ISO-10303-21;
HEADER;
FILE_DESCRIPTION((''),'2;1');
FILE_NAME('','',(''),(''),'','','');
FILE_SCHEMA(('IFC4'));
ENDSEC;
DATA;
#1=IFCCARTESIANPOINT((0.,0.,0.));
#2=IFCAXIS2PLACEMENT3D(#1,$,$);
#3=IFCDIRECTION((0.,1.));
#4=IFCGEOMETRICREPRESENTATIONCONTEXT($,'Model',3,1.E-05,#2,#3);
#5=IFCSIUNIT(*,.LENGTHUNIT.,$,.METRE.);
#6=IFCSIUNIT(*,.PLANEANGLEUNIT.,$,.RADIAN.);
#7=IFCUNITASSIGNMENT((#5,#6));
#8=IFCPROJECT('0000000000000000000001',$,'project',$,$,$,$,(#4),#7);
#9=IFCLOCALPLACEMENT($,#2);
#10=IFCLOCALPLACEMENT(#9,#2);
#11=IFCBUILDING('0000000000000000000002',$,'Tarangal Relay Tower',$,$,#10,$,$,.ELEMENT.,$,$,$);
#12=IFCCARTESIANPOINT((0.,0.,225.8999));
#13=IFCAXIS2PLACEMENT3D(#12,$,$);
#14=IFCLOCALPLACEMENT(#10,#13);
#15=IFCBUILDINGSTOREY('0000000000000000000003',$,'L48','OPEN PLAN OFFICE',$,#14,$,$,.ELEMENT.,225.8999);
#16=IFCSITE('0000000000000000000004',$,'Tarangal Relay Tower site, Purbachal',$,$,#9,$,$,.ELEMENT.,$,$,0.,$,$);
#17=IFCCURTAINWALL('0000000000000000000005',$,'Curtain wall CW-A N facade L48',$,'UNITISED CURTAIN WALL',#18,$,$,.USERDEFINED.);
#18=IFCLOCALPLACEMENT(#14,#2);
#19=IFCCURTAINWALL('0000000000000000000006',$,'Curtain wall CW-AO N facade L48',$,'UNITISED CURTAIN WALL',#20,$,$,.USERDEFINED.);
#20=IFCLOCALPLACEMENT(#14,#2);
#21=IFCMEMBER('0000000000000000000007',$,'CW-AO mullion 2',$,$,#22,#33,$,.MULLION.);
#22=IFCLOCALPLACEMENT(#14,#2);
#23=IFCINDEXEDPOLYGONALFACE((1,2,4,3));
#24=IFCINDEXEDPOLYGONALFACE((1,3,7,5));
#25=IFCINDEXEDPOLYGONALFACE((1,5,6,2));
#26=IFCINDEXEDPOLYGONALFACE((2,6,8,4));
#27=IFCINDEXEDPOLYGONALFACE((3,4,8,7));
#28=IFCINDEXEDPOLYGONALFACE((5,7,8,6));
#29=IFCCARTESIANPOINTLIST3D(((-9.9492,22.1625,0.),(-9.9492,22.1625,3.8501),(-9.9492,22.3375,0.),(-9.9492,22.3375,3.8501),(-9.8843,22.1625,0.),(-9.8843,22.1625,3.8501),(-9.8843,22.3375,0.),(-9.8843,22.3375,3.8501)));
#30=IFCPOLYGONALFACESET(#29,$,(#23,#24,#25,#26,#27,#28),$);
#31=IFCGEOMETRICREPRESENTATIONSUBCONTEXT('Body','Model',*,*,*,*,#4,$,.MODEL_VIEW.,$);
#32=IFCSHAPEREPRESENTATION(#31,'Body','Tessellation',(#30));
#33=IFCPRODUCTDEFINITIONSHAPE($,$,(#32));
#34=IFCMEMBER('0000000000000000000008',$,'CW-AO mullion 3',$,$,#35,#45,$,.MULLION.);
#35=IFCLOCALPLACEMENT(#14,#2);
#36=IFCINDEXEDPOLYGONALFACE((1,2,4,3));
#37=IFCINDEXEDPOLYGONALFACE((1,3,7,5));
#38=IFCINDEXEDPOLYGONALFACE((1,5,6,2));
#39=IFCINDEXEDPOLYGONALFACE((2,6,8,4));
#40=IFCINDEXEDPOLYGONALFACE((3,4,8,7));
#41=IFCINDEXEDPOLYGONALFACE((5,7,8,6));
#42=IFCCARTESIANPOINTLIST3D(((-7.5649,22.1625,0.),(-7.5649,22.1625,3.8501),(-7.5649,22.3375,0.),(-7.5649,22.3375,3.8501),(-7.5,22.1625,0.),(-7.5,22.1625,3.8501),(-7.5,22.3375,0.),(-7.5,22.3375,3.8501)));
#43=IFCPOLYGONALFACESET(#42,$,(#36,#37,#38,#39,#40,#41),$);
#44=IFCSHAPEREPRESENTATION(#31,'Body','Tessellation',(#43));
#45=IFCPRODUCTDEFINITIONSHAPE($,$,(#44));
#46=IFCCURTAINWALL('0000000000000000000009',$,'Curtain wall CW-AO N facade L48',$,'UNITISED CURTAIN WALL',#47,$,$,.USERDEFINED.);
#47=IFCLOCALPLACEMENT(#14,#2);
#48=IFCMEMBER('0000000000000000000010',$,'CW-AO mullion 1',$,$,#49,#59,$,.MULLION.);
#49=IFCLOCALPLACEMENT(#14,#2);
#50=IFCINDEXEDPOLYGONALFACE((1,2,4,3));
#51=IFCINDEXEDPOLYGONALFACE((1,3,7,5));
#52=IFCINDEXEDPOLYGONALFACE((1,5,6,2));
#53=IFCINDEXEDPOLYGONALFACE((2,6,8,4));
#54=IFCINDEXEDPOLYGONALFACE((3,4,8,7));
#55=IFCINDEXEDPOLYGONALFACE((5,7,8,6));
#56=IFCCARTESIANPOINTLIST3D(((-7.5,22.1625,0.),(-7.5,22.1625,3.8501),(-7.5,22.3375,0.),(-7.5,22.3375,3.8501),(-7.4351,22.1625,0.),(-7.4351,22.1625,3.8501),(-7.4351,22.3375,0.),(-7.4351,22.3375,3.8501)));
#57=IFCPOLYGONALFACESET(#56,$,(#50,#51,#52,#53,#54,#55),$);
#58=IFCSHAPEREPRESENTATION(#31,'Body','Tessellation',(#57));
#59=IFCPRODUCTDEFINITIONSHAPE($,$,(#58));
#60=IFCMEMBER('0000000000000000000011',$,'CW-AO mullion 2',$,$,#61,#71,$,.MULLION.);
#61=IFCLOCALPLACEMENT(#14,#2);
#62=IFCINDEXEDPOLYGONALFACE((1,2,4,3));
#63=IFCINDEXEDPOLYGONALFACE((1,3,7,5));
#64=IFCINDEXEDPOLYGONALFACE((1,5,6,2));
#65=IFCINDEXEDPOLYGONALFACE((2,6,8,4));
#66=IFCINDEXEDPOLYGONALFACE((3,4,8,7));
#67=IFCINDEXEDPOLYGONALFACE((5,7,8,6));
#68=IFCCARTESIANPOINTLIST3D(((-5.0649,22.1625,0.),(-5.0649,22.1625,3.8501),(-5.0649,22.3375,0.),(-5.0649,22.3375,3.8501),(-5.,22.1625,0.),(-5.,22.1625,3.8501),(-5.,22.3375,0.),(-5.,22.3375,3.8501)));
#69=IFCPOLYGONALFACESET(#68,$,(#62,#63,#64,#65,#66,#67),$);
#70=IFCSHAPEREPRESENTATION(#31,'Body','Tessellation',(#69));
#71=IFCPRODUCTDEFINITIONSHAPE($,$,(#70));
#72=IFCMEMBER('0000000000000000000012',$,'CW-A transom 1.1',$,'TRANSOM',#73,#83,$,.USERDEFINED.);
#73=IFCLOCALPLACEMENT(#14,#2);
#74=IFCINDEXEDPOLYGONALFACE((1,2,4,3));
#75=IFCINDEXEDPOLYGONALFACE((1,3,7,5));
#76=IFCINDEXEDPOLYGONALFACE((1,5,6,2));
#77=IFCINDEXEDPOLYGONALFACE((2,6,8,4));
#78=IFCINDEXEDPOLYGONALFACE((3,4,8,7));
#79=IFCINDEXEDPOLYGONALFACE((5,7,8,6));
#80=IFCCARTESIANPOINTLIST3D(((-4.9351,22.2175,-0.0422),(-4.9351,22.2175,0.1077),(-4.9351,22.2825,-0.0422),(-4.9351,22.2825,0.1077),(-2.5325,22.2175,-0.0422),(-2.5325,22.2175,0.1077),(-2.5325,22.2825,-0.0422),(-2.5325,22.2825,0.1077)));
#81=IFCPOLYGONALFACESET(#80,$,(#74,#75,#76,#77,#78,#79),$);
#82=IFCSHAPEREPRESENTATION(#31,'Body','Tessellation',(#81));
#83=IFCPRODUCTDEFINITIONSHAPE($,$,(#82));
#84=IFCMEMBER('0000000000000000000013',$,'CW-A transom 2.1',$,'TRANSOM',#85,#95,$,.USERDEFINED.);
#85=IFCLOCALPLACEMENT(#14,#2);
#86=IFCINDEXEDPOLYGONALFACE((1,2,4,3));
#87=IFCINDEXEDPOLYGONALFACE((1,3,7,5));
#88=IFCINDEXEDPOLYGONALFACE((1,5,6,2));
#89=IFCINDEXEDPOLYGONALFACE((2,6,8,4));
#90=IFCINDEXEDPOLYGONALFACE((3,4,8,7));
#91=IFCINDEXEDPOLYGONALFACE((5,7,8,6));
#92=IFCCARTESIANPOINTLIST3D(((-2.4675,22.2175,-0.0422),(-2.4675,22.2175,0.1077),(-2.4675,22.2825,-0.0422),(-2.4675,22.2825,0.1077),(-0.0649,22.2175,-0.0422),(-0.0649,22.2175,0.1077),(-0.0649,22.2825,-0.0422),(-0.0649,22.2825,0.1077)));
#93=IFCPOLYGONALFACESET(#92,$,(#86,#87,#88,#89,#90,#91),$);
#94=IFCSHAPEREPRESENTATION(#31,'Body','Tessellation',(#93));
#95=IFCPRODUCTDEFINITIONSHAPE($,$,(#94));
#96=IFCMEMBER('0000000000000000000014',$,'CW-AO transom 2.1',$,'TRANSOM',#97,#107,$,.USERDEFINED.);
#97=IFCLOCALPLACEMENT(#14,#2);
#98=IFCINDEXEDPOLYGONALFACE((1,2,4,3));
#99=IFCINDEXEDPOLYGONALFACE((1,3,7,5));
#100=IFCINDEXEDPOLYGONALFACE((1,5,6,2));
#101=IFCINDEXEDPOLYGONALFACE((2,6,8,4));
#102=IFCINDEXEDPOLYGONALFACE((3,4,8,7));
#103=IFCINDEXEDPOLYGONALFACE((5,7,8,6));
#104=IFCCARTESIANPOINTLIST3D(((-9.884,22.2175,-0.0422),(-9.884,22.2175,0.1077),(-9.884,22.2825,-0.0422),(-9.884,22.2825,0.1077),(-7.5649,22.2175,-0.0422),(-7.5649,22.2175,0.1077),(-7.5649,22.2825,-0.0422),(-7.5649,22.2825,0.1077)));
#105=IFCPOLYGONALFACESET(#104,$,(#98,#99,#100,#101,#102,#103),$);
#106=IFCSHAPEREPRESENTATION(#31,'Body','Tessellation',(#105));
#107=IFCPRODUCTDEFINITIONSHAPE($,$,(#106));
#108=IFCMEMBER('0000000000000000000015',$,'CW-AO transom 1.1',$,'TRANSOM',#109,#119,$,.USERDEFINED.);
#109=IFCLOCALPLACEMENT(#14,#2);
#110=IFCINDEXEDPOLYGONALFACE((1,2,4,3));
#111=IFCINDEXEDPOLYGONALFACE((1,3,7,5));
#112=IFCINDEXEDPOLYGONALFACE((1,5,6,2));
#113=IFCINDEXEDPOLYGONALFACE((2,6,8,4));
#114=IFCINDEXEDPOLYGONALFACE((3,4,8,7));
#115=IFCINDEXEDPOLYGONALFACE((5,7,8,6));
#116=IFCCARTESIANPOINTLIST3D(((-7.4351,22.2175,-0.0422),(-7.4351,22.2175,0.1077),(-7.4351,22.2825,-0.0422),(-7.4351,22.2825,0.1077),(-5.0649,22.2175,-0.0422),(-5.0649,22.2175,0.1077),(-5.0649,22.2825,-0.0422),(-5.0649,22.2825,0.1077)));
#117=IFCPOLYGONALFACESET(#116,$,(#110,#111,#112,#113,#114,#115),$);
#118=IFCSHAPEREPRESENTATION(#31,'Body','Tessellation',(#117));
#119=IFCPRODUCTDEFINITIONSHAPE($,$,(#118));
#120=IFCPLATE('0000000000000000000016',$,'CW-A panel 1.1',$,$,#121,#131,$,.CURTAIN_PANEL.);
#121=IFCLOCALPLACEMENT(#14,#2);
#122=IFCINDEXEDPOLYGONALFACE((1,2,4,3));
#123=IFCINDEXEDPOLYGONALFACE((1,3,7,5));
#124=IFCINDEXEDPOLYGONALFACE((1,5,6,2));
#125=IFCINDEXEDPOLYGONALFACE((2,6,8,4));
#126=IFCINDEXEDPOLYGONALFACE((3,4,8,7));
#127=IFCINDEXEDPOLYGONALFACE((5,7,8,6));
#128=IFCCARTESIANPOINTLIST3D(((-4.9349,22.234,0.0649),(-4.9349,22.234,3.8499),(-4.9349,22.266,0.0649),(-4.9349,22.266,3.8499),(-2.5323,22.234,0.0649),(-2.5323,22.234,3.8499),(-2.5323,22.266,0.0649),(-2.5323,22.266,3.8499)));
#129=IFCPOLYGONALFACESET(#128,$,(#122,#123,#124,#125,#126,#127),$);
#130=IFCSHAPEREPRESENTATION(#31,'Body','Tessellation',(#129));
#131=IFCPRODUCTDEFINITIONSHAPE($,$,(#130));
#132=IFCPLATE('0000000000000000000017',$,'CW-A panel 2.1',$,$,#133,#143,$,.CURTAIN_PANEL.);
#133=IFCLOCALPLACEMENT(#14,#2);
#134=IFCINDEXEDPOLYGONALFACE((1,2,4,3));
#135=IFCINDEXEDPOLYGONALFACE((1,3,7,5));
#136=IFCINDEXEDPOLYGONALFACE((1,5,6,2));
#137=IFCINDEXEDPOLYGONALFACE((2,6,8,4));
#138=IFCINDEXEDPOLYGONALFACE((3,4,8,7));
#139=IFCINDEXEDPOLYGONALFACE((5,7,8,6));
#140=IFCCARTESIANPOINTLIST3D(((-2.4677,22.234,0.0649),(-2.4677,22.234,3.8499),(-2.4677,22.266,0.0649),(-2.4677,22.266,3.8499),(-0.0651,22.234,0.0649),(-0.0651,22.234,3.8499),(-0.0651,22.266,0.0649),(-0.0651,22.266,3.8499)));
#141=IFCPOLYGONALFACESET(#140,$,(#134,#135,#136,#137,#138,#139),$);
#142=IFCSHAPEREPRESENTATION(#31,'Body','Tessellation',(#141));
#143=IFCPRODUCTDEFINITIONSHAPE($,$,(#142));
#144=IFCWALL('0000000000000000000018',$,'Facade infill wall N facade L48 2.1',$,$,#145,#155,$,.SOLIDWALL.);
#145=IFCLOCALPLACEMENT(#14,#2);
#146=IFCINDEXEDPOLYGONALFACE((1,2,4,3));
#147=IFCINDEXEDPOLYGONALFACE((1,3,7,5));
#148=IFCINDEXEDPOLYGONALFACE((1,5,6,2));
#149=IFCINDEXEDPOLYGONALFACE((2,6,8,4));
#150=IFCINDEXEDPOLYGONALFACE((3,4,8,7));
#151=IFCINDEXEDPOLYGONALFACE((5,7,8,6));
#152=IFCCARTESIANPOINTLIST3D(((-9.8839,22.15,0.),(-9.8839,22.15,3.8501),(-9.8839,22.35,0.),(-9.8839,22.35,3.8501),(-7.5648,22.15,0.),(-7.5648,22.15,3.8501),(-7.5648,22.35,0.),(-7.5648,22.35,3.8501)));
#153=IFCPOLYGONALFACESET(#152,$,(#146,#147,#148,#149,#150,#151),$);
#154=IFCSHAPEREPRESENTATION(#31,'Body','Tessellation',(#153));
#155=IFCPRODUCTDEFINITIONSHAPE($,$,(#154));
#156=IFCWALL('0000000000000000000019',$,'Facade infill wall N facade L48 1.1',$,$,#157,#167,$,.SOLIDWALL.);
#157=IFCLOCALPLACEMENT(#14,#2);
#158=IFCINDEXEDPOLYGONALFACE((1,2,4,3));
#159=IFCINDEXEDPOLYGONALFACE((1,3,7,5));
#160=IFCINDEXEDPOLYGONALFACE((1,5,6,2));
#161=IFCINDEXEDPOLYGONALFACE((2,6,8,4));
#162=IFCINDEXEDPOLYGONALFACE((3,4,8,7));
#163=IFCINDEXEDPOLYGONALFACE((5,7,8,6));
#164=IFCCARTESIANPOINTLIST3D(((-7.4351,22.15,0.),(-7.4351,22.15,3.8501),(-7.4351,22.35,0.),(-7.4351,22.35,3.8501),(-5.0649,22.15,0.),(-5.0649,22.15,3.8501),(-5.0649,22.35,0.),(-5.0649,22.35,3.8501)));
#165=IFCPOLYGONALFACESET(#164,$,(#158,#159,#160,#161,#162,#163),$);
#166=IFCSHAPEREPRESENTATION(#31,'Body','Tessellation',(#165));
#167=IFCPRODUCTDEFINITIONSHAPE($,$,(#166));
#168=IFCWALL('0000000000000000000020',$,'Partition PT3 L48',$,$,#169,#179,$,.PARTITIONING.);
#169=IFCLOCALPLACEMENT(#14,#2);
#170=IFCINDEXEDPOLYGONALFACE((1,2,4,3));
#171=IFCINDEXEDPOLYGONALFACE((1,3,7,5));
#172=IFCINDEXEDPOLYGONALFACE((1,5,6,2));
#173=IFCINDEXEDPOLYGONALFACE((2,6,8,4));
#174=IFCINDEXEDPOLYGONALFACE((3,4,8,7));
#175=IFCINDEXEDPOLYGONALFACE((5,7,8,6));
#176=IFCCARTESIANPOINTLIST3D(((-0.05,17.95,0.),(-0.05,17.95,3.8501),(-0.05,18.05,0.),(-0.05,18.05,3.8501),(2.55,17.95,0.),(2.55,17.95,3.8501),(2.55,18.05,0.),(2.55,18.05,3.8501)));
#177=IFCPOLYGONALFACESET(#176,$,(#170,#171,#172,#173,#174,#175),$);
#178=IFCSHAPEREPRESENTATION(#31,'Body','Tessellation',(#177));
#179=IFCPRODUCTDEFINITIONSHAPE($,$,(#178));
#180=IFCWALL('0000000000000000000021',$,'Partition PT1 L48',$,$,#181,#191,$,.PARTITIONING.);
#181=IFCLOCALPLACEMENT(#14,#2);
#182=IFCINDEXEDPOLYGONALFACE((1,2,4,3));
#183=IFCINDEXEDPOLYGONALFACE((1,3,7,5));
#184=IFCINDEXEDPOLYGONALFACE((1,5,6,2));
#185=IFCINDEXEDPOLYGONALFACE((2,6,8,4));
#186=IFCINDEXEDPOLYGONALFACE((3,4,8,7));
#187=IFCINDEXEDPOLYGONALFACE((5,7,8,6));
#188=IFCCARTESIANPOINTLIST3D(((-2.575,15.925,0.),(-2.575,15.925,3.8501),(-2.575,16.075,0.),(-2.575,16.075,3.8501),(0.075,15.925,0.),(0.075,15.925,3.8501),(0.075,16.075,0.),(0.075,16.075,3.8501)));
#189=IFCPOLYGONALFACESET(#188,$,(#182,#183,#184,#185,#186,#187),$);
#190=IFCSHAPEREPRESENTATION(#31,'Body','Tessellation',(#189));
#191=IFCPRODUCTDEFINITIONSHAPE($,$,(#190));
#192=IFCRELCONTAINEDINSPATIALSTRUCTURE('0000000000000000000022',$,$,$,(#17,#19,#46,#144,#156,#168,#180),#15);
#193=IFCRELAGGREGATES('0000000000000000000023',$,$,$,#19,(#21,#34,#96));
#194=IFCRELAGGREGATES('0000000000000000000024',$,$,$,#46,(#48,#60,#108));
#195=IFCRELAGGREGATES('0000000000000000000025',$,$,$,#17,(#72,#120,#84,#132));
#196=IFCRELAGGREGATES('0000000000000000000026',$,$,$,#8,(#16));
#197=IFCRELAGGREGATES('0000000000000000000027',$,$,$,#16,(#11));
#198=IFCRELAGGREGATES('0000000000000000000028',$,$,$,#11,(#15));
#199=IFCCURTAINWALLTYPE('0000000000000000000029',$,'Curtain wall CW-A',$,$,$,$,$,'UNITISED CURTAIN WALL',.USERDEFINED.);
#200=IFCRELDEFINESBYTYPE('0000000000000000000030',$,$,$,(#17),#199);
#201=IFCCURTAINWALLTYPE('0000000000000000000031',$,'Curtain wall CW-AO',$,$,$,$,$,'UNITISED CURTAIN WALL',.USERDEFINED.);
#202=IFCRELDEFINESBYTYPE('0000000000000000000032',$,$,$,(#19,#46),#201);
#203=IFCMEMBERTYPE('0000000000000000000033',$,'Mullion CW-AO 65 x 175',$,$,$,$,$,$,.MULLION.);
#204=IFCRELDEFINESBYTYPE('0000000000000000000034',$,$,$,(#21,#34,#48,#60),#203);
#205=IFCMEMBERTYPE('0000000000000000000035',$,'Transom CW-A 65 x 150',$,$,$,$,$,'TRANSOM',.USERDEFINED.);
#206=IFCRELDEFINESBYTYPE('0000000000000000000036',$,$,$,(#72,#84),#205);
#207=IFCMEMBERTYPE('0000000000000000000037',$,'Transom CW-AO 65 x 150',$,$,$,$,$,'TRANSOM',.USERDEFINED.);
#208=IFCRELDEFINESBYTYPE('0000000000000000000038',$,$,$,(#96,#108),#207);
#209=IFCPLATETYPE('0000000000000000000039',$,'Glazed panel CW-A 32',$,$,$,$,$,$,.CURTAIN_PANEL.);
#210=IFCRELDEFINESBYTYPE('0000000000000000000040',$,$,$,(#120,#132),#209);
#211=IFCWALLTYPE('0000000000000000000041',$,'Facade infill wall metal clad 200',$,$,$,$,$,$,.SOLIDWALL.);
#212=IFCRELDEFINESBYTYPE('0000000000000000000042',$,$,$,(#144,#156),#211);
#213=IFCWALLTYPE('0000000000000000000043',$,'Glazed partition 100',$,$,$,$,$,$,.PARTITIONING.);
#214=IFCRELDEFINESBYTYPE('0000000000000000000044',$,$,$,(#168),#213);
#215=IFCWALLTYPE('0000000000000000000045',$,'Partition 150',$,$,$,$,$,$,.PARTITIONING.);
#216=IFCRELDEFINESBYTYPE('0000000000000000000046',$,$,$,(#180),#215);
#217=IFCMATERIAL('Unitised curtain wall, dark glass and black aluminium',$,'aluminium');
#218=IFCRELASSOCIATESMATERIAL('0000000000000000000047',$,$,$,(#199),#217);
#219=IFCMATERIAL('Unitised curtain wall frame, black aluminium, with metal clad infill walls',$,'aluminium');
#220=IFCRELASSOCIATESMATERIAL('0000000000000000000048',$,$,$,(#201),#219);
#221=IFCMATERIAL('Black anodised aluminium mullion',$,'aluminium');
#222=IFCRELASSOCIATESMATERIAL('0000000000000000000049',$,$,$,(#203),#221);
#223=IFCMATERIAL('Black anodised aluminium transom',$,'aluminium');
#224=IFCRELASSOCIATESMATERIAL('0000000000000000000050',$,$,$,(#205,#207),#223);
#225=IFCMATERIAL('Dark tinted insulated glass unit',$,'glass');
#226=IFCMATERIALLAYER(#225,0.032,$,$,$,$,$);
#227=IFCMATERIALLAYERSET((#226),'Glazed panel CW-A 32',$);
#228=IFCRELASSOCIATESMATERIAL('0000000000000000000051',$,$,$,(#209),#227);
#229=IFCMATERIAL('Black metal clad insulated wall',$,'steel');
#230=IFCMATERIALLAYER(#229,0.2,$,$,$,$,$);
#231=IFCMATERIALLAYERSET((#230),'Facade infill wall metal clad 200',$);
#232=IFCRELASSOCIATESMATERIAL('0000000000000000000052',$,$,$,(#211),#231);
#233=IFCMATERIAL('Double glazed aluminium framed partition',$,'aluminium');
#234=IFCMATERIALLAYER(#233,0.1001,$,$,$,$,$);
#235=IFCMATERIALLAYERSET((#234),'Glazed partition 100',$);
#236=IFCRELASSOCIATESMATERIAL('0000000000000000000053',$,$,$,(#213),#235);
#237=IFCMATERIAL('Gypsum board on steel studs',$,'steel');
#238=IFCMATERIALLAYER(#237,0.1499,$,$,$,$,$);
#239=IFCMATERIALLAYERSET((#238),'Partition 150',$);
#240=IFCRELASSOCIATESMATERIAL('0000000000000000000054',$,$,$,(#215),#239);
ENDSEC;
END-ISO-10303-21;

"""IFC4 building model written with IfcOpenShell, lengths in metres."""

from ifc_helpers import new_model, si_unit, direction, frame, frame_2d, origin, origin_2d, place, context, subcontext, project, spatial, rectangle, extrude, material, layer, layer_set, material_profile, profile_set, type_object, element, aggregate, save


model = new_model("IFC4")

# Units and contexts
model_context = context("Model", 3, precision=1e-05, world=origin(), true_north=direction((0.0, 1.0)))
body_context = subcontext(model_context, "Body", "Model", "MODEL_VIEW")
ifc_project = project(units=[si_unit("LENGTHUNIT", "METRE"), si_unit("PLANEANGLEUNIT", "RADIAN")], contexts=[model_context])

# Site, building, storey
site_placement = place(None, origin())
site = spatial("IfcSite", under=ifc_project, at=site_placement, Name="Tarangal Relay Tower site, Purbachal", CompositionType="ELEMENT", RefElevation=0.0)
building_placement = place(site_placement, origin())
building = spatial("IfcBuilding", under=site, at=building_placement, Name="Tarangal Relay Tower", CompositionType="ELEMENT")
storey_placement = place(building_placement, frame((0.0, 0.0, 225.8999)))
storey = spatial("IfcBuildingStorey", under=building, at=storey_placement, Name="L48", Description="OPEN PLAN OFFICE", CompositionType="ELEMENT", Elevation=225.8999)

# Curtain walls, members
ifc_material_1 = material(Name="Unitised curtain wall, dark glass and black aluminium", Category="aluminium")
curtain_wall_type_1 = type_object("IfcCurtainWallType", Name="Curtain wall CW-A", ElementType="UNITISED CURTAIN WALL", PredefinedType="USERDEFINED", material=ifc_material_1)
curtain_wall_1_placement = place(storey_placement, origin())
curtain_wall_1 = element("IfcCurtainWall", 1, at=curtain_wall_1_placement, inside=storey, type_object=curtain_wall_type_1, Name="Curtain wall CW-A N facade L48", ObjectType="UNITISED CURTAIN WALL", PredefinedType="USERDEFINED")
ifc_material_2 = material(Name="Black anodised aluminium mullion", Category="aluminium")
ifc_material_3 = material(Name="Unitised curtain wall frame, black aluminium, with metal clad infill walls", Category="aluminium")
curtain_wall_type_2 = type_object("IfcCurtainWallType", Name="Curtain wall CW-AO", ElementType="UNITISED CURTAIN WALL", PredefinedType="USERDEFINED", material=ifc_material_3)
curtain_wall_2_placement = place(storey_placement, origin())
curtain_wall_2 = element("IfcCurtainWall", 2, at=curtain_wall_2_placement, inside=storey, type_object=curtain_wall_type_2, Name="Curtain wall CW-AO N facade L48", ObjectType="UNITISED CURTAIN WALL", PredefinedType="USERDEFINED")
ifc_material_profile_1 = material_profile(ifc_material_2, rectangle(XDim=0.175, YDim=0.0649, at=origin_2d()), Name="CW-AOM 65X175")
ifc_profile_set_1 = profile_set([ifc_material_profile_1], Name="Black anodised aluminium mullion")
member_type_1 = type_object("IfcMemberType", Name="Mullion CW-AO 65 x 175", PredefinedType="MULLION", material=ifc_profile_set_1)
member_1_placement = place(storey_placement, frame((-9.9167, 22.25, 0.0), z_axis=(0.0, 0.0, 1.0), x_axis=(0.0, 1.0, 0.0)))
member_1 = element("IfcMember", 3, at=member_1_placement, type_object=member_type_1, Name="CW-AO mullion 2", PredefinedType="MULLION", context=body_context, shape_type="SweptSolid", body=[
    extrude(rectangle(XDim=0.175, YDim=0.0649, at=origin_2d()), origin(), (0.0, 0.0, 1.0), 3.8501),
])
member_2_placement = place(storey_placement, frame((-7.5325, 22.25, 0.0), z_axis=(0.0, 0.0, 1.0), x_axis=(0.0, 1.0, 0.0)))
member_2 = element("IfcMember", 4, at=member_2_placement, type_object=member_type_1, Name="CW-AO mullion 3", PredefinedType="MULLION", context=body_context, shape_type="SweptSolid", body=[
    extrude(rectangle(XDim=0.175, YDim=0.0649, at=origin_2d()), origin(), (0.0, 0.0, 1.0), 3.8501),
])
curtain_wall_3_placement = place(storey_placement, origin())
curtain_wall_3 = element("IfcCurtainWall", 5, at=curtain_wall_3_placement, inside=storey, type_object=curtain_wall_type_2, Name="Curtain wall CW-AO N facade L48", ObjectType="UNITISED CURTAIN WALL", PredefinedType="USERDEFINED")
member_3_placement = place(storey_placement, frame((-7.4675, 22.25, 0.0), z_axis=(0.0, 0.0, 1.0), x_axis=(0.0, 1.0, 0.0)))
member_3 = element("IfcMember", 6, at=member_3_placement, type_object=member_type_1, Name="CW-AO mullion 1", PredefinedType="MULLION", context=body_context, shape_type="SweptSolid", body=[
    extrude(rectangle(XDim=0.175, YDim=0.0649, at=origin_2d()), origin(), (0.0, 0.0, 1.0), 3.8501),
])
member_4_placement = place(storey_placement, frame((-5.0325, 22.25, 0.0), z_axis=(0.0, 0.0, 1.0), x_axis=(0.0, 1.0, 0.0)))
member_4 = element("IfcMember", 7, at=member_4_placement, type_object=member_type_1, Name="CW-AO mullion 2", PredefinedType="MULLION", context=body_context, shape_type="SweptSolid", body=[
    extrude(rectangle(XDim=0.175, YDim=0.0649, at=origin_2d()), origin(), (0.0, 0.0, 1.0), 3.8501),
])

# Members
ifc_material_4 = material(Name="Black anodised aluminium transom", Category="aluminium")
ifc_material_profile_2 = material_profile(ifc_material_4, rectangle(XDim=0.0649, YDim=0.1499, at=origin_2d()), Name="CW-AT 65X150")
ifc_profile_set_2 = profile_set([ifc_material_profile_2], Name="Black anodised aluminium transom")
member_type_2 = type_object("IfcMemberType", Name="Transom CW-A 65 x 150", ElementType="TRANSOM", PredefinedType="USERDEFINED", material=ifc_profile_set_2)
member_5_placement = place(storey_placement, frame((-4.9351, 22.25, 0.0327), z_axis=(1.0, 0.0, 0.0), x_axis=(0.0, 1.0, 0.0)))
member_5 = element("IfcMember", 8, at=member_5_placement, type_object=member_type_2, Name="CW-A transom 1.1", ObjectType="TRANSOM", PredefinedType="USERDEFINED", context=body_context, shape_type="SweptSolid", body=[
    extrude(rectangle(XDim=0.0649, YDim=0.1499, at=origin_2d()), origin(), (0.0, 0.0, 1.0), 2.4026),
])
member_6_placement = place(storey_placement, frame((-2.4675, 22.25, 0.0327), z_axis=(1.0, 0.0, 0.0), x_axis=(0.0, 1.0, 0.0)))
member_6 = element("IfcMember", 9, at=member_6_placement, type_object=member_type_2, Name="CW-A transom 2.1", ObjectType="TRANSOM", PredefinedType="USERDEFINED", context=body_context, shape_type="SweptSolid", body=[
    extrude(rectangle(XDim=0.0649, YDim=0.1499, at=origin_2d()), origin(), (0.0, 0.0, 1.0), 2.4026),
])
ifc_material_profile_3 = material_profile(ifc_material_4, rectangle(XDim=0.0649, YDim=0.1499, at=origin_2d()), Name="CW-AOT 65X150")
ifc_profile_set_3 = profile_set([ifc_material_profile_3], Name="Black anodised aluminium transom")
member_type_3 = type_object("IfcMemberType", Name="Transom CW-AO 65 x 150", ElementType="TRANSOM", PredefinedType="USERDEFINED", material=ifc_profile_set_3)
member_7_placement = place(storey_placement, frame((-9.884, 22.25, 0.0327), z_axis=(1.0, 0.0, 0.0), x_axis=(0.0, 1.0, 0.0)))
member_7 = element("IfcMember", 10, at=member_7_placement, type_object=member_type_3, Name="CW-AO transom 2.1", ObjectType="TRANSOM", PredefinedType="USERDEFINED", context=body_context, shape_type="SweptSolid", body=[
    extrude(rectangle(XDim=0.0649, YDim=0.1499, at=origin_2d()), origin(), (0.0, 0.0, 1.0), 2.3191),
])
aggregate(curtain_wall_2, [member_1, member_2, member_7])
member_8_placement = place(storey_placement, frame((-7.4351, 22.25, 0.0327), z_axis=(1.0, 0.0, 0.0), x_axis=(0.0, 1.0, 0.0)))
member_8 = element("IfcMember", 11, at=member_8_placement, type_object=member_type_3, Name="CW-AO transom 1.1", ObjectType="TRANSOM", PredefinedType="USERDEFINED", context=body_context, shape_type="SweptSolid", body=[
    extrude(rectangle(XDim=0.0649, YDim=0.1499, at=origin_2d()), origin(), (0.0, 0.0, 1.0), 2.3701),
])
aggregate(curtain_wall_3, [member_3, member_4, member_8])

# Plates
ifc_material_5 = material(Name="Dark tinted insulated glass unit", Category="glass")
ifc_layer_1 = layer(ifc_material_5, 0.032)
ifc_layer_set_1 = layer_set([ifc_layer_1], Name="Glazed panel CW-A 32")
plate_type = type_object("IfcPlateType", Name="Glazed panel CW-A 32", PredefinedType="CURTAIN_PANEL", material=ifc_layer_set_1)
plate_1_placement = place(storey_placement, frame((-3.7336, 22.25, 0.0649), z_axis=(0.0, 0.0, 1.0), x_axis=(1.0, 0.0, 0.0)))
plate_1 = element("IfcPlate", 12, at=plate_1_placement, type_object=plate_type, Name="CW-A panel 1.1", PredefinedType="CURTAIN_PANEL", context=body_context, shape_type="SweptSolid", body=[
    extrude(rectangle(XDim=2.4026, YDim=0.032, at=origin_2d()), origin(), (0.0, 0.0, 1.0), 3.7849),
])
plate_2_placement = place(storey_placement, frame((-1.2664, 22.25, 0.0649), z_axis=(0.0, 0.0, 1.0), x_axis=(1.0, 0.0, 0.0)))
plate_2 = element("IfcPlate", 13, at=plate_2_placement, type_object=plate_type, Name="CW-A panel 2.1", PredefinedType="CURTAIN_PANEL", context=body_context, shape_type="SweptSolid", body=[
    extrude(rectangle(XDim=2.4026, YDim=0.032, at=origin_2d()), origin(), (0.0, 0.0, 1.0), 3.7849),
])
aggregate(curtain_wall_1, [member_5, plate_1, member_6, plate_2])

# Walls
ifc_material_6 = material(Name="Black metal clad insulated wall", Category="steel")
ifc_layer_2 = layer(ifc_material_6, 0.2)
ifc_layer_set_2 = layer_set([ifc_layer_2], Name="Facade infill wall metal clad 200")
wall_type_1 = type_object("IfcWallType", Name="Facade infill wall metal clad 200", PredefinedType="SOLIDWALL", material=ifc_layer_set_2)
wall_1_placement = place(storey_placement, frame((-9.884, 22.25, 0.0), z_axis=(0.0, 0.0, 1.0), x_axis=(1.0, 0.0, 0.0)))
element("IfcWall", 14, at=wall_1_placement, inside=storey, type_object=wall_type_1, Name="Facade infill wall N facade L48 2.1", PredefinedType="SOLIDWALL", context=body_context, shape_type="SweptSolid", body=[
    extrude(rectangle(XDim=2.3191, YDim=0.2, at=frame_2d((1.1597, 0.0))), origin(), (0.0, 0.0, 1.0), 3.8501),
])
wall_2_placement = place(storey_placement, frame((-7.4351, 22.25, 0.0), z_axis=(0.0, 0.0, 1.0), x_axis=(1.0, 0.0, 0.0)))
element("IfcWall", 15, at=wall_2_placement, inside=storey, type_object=wall_type_1, Name="Facade infill wall N facade L48 1.1", PredefinedType="SOLIDWALL", context=body_context, shape_type="SweptSolid", body=[
    extrude(rectangle(XDim=2.3701, YDim=0.2, at=frame_2d((1.1851, 0.0))), origin(), (0.0, 0.0, 1.0), 3.8501),
])
ifc_material_7 = material(Name="Double glazed aluminium framed partition", Category="aluminium")
ifc_layer_3 = layer(ifc_material_7, 0.1001)
ifc_layer_set_3 = layer_set([ifc_layer_3], Name="Glazed partition 100")
wall_type_2 = type_object("IfcWallType", Name="Glazed partition 100", PredefinedType="PARTITIONING", material=ifc_layer_set_3)
wall_3_placement = place(storey_placement, frame((-0.05, 18.0, 0.0), z_axis=(0.0, 0.0, 1.0), x_axis=(1.0, 0.0, 0.0)))
element("IfcWall", 16, at=wall_3_placement, inside=storey, type_object=wall_type_2, Name="Partition PT3 L48", PredefinedType="PARTITIONING", context=body_context, shape_type="SweptSolid", body=[
    extrude(rectangle(XDim=2.6001, YDim=0.1001, at=frame_2d((1.3, 0.0))), origin(), (0.0, 0.0, 1.0), 3.8501),
])
ifc_material_8 = material(Name="Gypsum board on steel studs", Category="steel")
ifc_layer_4 = layer(ifc_material_8, 0.1499)
ifc_layer_set_4 = layer_set([ifc_layer_4], Name="Partition 150")
wall_type_3 = type_object("IfcWallType", Name="Partition 150", PredefinedType="PARTITIONING", material=ifc_layer_set_4)
wall_4_placement = place(storey_placement, frame((-2.575, 16.0, 0.0), z_axis=(0.0, 0.0, 1.0), x_axis=(1.0, 0.0, 0.0)))
element("IfcWall", 17, at=wall_4_placement, inside=storey, type_object=wall_type_3, Name="Partition PT1 L48", PredefinedType="PARTITIONING", context=body_context, shape_type="SweptSolid", body=[
    extrude(rectangle(XDim=2.6499, YDim=0.1499, at=frame_2d((1.325, 0.0))), origin(), (0.0, 0.0, 1.0), 3.8501),
])

save(model, "model.ifc")
